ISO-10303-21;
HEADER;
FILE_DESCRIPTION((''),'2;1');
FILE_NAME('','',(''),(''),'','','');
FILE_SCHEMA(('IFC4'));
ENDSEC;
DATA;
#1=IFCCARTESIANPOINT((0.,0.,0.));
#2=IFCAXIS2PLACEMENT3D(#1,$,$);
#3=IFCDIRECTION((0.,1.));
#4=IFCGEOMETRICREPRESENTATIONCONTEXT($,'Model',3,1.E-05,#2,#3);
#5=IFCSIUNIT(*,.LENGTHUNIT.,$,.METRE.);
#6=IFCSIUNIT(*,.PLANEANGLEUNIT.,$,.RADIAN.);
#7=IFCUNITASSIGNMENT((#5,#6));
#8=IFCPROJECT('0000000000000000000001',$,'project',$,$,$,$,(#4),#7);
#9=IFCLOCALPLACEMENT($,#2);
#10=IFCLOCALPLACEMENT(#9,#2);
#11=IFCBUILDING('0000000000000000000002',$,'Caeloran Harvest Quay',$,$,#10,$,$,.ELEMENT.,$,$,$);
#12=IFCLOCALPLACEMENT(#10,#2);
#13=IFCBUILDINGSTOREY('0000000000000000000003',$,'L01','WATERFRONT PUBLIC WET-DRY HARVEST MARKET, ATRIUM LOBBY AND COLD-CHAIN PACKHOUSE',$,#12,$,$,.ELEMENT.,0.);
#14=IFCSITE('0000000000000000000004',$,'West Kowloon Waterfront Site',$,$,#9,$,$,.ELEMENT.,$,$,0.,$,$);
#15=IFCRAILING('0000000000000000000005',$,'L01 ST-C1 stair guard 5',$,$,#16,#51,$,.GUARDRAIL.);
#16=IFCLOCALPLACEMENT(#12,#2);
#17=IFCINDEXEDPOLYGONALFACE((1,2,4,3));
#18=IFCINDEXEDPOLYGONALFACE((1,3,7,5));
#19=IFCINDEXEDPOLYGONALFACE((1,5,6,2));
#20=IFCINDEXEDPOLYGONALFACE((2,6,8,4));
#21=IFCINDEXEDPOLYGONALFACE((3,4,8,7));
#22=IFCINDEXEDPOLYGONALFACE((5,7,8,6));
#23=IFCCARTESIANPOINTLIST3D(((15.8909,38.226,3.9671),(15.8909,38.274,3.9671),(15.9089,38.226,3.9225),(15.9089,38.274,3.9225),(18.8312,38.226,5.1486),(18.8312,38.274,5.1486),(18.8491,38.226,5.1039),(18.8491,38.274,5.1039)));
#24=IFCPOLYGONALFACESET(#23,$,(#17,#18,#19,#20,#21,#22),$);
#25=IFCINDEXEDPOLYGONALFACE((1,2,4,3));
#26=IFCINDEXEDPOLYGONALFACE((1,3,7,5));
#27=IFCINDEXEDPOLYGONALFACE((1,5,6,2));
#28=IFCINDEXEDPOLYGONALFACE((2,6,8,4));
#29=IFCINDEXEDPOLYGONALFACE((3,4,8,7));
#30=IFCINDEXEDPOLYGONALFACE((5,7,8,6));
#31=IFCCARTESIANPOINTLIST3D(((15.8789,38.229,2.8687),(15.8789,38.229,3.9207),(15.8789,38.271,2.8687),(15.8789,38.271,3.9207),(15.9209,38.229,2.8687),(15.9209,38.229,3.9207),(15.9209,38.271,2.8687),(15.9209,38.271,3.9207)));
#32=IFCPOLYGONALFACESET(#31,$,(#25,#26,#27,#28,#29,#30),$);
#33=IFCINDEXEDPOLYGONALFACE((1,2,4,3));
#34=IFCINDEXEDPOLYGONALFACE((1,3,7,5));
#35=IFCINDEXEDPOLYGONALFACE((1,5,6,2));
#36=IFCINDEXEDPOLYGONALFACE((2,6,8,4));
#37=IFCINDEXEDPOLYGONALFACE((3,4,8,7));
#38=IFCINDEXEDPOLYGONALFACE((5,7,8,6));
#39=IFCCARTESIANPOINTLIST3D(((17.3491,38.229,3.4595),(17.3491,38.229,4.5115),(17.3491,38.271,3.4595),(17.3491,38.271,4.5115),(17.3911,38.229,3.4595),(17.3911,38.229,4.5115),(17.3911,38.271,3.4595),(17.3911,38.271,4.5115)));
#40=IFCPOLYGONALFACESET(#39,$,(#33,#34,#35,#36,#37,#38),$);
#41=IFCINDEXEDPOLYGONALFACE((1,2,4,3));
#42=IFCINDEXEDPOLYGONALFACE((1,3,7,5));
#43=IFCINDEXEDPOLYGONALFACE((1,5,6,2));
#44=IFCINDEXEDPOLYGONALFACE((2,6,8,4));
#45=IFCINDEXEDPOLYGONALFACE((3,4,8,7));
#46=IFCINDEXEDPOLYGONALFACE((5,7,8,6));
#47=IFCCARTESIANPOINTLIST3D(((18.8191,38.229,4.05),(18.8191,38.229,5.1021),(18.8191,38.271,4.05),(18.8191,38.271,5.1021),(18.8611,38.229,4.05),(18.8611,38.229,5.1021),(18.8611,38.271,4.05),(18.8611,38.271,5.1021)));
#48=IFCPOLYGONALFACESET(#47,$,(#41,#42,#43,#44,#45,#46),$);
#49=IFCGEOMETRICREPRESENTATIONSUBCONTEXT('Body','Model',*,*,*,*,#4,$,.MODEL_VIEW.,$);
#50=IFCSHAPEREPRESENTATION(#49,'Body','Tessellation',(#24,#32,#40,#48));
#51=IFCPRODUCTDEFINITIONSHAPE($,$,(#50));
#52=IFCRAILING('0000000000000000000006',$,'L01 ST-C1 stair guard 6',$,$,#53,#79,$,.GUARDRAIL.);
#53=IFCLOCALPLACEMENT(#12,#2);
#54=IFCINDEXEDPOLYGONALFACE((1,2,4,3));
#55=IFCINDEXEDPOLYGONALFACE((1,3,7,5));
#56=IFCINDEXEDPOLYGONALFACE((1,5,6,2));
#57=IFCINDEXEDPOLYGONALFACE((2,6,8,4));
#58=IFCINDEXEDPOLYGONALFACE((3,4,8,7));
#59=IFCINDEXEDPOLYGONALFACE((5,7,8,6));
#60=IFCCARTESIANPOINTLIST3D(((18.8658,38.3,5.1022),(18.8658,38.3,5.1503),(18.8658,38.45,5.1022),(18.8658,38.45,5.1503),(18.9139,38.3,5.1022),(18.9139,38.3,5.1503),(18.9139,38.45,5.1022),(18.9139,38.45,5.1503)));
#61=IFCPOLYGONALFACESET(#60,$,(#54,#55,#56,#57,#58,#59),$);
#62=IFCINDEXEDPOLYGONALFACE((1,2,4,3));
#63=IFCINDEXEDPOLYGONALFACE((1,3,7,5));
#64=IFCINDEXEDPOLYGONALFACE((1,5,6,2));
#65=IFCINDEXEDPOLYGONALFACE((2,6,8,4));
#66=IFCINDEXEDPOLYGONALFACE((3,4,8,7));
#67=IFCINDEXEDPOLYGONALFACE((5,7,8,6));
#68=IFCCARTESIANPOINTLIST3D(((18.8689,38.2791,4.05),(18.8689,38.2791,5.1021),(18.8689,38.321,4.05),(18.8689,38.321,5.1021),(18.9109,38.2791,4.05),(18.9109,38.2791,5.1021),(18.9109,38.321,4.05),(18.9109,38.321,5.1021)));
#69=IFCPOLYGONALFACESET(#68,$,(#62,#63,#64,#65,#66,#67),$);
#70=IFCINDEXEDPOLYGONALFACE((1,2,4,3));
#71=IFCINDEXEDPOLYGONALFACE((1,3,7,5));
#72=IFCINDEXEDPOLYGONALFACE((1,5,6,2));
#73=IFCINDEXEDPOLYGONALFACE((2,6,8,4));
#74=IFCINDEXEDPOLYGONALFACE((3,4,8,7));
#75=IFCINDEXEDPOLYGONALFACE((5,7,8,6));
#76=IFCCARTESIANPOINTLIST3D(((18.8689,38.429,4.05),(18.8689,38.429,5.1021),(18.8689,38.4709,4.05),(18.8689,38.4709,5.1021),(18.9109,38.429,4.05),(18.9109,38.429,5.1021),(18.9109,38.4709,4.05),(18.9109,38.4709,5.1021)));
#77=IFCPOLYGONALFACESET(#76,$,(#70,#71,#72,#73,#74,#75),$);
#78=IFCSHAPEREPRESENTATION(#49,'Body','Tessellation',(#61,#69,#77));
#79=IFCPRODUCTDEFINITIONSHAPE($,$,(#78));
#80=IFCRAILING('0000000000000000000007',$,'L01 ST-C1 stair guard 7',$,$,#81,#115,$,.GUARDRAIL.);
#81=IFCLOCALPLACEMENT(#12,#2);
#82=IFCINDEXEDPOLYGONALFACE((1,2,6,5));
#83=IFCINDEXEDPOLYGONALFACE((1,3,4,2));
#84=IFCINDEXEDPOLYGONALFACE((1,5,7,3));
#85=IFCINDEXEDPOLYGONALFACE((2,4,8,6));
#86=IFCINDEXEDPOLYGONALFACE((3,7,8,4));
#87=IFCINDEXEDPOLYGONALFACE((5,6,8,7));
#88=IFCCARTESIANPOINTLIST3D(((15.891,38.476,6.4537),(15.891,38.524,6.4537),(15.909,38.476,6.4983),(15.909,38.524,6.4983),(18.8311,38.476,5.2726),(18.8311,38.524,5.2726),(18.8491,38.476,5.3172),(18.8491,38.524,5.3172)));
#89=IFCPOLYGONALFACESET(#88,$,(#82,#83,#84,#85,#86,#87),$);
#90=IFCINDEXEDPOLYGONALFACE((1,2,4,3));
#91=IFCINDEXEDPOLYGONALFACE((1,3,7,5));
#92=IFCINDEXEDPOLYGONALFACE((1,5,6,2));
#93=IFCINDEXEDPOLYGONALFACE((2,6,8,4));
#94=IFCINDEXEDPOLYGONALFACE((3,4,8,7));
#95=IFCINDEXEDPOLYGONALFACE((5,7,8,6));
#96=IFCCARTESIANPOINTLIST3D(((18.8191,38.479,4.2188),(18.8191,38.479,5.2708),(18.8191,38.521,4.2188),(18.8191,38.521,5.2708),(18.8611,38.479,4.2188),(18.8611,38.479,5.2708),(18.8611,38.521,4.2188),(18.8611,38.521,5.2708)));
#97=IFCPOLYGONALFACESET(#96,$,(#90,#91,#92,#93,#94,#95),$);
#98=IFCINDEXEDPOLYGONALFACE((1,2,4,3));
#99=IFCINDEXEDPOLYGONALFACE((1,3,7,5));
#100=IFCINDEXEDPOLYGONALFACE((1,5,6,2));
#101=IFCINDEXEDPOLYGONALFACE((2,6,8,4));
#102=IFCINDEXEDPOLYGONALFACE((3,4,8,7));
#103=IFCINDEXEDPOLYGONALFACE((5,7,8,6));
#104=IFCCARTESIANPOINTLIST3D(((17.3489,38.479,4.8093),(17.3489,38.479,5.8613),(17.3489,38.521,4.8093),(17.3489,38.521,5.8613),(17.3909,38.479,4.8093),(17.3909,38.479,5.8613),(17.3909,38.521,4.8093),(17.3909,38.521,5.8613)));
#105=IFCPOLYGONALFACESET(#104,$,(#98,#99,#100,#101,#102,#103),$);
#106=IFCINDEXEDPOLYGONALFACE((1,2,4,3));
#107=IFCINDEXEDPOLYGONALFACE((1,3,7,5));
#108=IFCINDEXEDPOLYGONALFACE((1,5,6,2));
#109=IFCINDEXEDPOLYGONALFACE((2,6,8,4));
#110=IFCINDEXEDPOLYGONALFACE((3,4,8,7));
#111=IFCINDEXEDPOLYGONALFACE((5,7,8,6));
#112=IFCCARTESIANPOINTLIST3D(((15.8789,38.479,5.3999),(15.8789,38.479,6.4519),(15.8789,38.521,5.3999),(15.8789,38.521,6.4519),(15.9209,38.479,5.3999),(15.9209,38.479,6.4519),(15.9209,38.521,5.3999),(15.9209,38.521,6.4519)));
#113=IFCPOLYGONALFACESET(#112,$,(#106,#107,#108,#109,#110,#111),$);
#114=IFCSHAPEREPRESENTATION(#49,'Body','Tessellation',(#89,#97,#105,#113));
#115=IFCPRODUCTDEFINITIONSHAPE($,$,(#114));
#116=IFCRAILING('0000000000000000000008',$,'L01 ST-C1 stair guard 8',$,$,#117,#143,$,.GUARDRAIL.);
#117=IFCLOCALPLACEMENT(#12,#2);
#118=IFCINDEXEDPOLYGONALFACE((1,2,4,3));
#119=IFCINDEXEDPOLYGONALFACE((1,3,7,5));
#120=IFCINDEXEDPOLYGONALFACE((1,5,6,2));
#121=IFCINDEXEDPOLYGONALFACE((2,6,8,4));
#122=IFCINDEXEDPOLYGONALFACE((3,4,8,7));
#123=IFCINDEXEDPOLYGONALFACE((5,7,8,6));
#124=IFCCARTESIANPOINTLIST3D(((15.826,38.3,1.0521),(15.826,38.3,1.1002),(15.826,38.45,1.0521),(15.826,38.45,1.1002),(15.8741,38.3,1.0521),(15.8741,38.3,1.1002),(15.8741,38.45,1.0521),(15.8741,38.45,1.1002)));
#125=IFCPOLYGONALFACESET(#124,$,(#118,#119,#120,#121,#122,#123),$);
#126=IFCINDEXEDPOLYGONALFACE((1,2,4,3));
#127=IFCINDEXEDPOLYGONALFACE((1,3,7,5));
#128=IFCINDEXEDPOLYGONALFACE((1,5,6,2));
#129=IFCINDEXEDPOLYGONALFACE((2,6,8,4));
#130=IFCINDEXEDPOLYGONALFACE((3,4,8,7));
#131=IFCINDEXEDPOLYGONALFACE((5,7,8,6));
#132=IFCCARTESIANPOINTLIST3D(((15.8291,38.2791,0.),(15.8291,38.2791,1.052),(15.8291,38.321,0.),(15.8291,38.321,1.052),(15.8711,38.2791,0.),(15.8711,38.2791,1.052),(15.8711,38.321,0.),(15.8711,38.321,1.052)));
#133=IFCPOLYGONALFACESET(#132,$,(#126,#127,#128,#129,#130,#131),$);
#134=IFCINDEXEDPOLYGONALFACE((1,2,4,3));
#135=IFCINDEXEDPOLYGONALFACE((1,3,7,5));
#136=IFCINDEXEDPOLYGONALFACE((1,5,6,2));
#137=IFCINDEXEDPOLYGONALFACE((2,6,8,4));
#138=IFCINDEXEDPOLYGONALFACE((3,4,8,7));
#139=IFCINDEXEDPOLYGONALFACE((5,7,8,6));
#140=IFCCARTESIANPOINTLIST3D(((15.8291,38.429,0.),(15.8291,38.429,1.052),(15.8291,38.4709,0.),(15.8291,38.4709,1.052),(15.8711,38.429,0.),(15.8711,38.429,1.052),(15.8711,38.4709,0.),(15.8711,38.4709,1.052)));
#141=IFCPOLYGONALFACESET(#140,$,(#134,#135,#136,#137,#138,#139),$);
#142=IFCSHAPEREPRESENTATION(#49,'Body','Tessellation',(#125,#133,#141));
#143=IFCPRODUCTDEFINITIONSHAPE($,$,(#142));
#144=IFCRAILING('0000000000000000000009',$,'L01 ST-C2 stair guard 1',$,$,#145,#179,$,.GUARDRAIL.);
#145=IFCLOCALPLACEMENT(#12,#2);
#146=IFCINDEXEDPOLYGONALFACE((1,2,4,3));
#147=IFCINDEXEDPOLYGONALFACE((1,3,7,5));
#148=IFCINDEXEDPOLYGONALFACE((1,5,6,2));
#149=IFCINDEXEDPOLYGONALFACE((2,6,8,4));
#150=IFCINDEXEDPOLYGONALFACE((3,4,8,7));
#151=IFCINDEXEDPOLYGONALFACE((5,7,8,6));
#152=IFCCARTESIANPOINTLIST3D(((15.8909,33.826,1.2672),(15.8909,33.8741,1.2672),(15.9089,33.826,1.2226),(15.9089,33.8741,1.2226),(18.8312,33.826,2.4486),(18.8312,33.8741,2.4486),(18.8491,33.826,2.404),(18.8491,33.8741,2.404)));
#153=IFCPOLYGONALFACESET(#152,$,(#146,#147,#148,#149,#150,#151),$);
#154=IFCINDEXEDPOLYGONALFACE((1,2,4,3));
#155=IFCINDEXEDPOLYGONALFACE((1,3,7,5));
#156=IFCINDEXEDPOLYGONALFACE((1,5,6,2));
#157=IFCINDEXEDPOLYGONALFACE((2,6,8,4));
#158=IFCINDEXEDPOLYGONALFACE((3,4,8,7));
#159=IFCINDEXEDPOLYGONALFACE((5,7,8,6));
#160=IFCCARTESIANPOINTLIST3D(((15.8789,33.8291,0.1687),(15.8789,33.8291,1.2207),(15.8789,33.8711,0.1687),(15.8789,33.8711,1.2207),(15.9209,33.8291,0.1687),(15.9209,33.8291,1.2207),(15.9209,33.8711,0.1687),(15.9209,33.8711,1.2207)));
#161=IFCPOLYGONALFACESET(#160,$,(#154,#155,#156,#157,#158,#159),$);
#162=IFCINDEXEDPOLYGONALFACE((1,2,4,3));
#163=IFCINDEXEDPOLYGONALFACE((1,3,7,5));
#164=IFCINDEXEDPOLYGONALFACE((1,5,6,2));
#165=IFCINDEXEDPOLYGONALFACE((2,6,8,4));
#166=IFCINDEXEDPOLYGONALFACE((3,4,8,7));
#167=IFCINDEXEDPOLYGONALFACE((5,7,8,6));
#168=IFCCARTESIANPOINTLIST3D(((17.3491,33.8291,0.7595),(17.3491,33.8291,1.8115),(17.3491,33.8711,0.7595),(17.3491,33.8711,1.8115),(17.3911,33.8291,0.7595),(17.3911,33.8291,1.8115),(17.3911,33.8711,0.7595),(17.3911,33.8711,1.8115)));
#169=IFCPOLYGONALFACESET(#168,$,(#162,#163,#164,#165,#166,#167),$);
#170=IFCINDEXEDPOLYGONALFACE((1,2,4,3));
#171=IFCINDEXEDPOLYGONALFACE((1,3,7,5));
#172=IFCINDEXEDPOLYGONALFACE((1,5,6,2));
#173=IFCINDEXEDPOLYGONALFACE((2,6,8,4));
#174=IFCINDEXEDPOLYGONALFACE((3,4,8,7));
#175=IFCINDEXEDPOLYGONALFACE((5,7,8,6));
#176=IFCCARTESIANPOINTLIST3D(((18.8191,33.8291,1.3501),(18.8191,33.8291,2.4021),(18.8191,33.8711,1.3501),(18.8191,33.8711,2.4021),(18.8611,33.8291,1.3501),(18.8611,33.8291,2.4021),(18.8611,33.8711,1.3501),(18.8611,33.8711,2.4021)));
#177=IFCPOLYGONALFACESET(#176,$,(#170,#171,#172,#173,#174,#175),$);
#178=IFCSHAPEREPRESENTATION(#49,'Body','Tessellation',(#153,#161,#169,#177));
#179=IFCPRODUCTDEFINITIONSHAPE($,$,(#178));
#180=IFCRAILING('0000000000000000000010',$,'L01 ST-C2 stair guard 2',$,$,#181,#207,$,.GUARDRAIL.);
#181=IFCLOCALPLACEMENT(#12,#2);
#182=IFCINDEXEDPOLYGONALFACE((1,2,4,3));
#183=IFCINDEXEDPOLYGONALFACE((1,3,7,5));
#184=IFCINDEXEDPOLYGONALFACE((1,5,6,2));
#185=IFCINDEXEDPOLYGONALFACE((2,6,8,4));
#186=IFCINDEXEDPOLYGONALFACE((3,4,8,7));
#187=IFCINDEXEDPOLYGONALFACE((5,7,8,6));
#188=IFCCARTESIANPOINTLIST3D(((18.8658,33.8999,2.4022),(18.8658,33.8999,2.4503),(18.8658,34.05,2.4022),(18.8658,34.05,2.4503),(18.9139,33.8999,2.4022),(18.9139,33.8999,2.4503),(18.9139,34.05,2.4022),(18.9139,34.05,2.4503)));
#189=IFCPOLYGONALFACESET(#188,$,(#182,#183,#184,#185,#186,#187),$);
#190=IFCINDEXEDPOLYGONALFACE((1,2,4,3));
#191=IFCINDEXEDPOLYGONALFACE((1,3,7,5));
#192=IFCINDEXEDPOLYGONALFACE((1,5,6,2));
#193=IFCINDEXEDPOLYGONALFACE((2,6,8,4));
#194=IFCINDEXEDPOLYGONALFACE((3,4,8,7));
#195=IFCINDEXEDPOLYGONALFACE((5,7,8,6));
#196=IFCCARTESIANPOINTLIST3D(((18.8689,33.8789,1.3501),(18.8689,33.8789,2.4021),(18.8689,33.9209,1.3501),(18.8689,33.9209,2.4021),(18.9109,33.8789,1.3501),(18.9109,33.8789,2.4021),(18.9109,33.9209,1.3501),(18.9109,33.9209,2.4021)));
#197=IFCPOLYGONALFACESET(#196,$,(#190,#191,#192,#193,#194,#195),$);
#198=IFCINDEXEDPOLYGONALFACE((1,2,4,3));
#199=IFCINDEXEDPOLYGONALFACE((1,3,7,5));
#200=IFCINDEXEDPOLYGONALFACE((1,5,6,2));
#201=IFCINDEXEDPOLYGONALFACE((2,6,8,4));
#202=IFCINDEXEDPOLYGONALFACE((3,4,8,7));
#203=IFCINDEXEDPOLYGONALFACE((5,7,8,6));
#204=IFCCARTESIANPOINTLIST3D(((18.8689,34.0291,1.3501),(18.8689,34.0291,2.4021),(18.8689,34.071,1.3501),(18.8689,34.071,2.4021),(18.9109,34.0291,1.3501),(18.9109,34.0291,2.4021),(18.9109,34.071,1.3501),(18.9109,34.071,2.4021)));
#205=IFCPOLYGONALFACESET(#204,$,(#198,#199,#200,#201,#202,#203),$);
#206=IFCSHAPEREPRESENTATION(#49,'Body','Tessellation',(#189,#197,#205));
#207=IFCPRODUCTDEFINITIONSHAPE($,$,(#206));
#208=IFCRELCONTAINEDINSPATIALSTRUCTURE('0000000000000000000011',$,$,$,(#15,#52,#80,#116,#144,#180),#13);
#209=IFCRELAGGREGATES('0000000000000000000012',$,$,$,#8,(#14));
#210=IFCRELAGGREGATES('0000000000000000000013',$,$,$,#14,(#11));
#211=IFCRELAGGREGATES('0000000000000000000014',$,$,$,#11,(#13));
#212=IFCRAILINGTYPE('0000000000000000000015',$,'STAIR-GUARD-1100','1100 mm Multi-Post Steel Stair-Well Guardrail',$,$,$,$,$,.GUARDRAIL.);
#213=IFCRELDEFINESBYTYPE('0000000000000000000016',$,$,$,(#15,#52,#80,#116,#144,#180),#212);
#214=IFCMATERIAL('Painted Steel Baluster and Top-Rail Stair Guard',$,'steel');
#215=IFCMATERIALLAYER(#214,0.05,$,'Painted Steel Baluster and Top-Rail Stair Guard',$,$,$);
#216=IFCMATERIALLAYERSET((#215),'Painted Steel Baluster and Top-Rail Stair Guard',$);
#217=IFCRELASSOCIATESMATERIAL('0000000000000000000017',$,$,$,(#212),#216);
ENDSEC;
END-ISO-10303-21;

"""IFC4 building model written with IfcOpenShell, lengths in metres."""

from ifc_helpers import new_model, si_unit, direction, frame, origin, origin_2d, place, context, subcontext, project, spatial, rectangle, extrude, material, layer, layer_set, type_object, element, save


model = new_model("IFC4")

# Units and contexts
model_context = context("Model", 3, precision=1e-05, world=origin(), true_north=direction((0.0, 1.0)))
body_context = subcontext(model_context, "Body", "Model", "MODEL_VIEW")
ifc_project = project(units=[si_unit("LENGTHUNIT", "METRE"), si_unit("PLANEANGLEUNIT", "RADIAN")], contexts=[model_context])

# Site, building, storey
site_placement = place(None, origin())
site = spatial("IfcSite", under=ifc_project, at=site_placement, Name="West Kowloon Waterfront Site", CompositionType="ELEMENT", RefElevation=0.0)
building_placement = place(site_placement, origin())
building = spatial("IfcBuilding", under=site, at=building_placement, Name="Caeloran Harvest Quay", CompositionType="ELEMENT")
storey_placement = place(building_placement, origin())
storey = spatial("IfcBuildingStorey", under=building, at=storey_placement, Name="L01", Description="WATERFRONT PUBLIC WET-DRY HARVEST MARKET, ATRIUM LOBBY AND COLD-CHAIN PACKHOUSE", CompositionType="ELEMENT", Elevation=0.0)

# Railings
ifc_material_1 = material(Name="Painted Steel Baluster and Top-Rail Stair Guard", Category="steel")
ifc_layer_1 = layer(ifc_material_1, 0.05, Name="Painted Steel Baluster and Top-Rail Stair Guard")
ifc_layer_set_1 = layer_set([ifc_layer_1], Name="Painted Steel Baluster and Top-Rail Stair Guard")
railing_type_1 = type_object("IfcRailingType", Name="STAIR-GUARD-1100", Description="1100 mm Multi-Post Steel Stair-Well Guardrail", PredefinedType="GUARDRAIL", material=ifc_layer_set_1)
railing_1_placement = place(storey_placement, frame((15.8999, 38.25, 2.8687)))
element("IfcRailing", 1, at=railing_1_placement, inside=storey, type_object=railing_type_1, Name="L01 ST-C1 stair guard 5", PredefinedType="GUARDRAIL", context=body_context, shape_type="SweptSolid", body=[
    extrude(rectangle(XDim=0.0481, YDim=0.0481, at=origin_2d()), frame((0.0, 0.0, 1.0762), z_axis=(0.927896, 0.0, 0.372838), x_axis=(0.0, 1.0, 0.0)), (0.0, 0.0, 1.0), 3.1687),
    extrude(rectangle(XDim=0.042, YDim=0.042, at=origin_2d()), origin(), (0.0, 0.0, 1.0), 1.052),
    extrude(rectangle(XDim=0.042, YDim=0.042, at=origin_2d()), frame((1.4702, 0.0, 0.5908)), (0.0, 0.0, 1.0), 1.052),
    extrude(rectangle(XDim=0.042, YDim=0.042, at=origin_2d()), frame((2.9402, 0.0, 1.1814)), (0.0, 0.0, 1.0), 1.052),
])
railing_2_placement = place(storey_placement, frame((18.8899, 38.3, 4.05)))
element("IfcRailing", 2, at=railing_2_placement, inside=storey, type_object=railing_type_1, Name="L01 ST-C1 stair guard 6", PredefinedType="GUARDRAIL", context=body_context, shape_type="SweptSolid", body=[
    extrude(rectangle(XDim=0.0481, YDim=0.0481, at=origin_2d()), frame((0.0, 0.0, 1.0762), z_axis=(0.0, 1.0, 0.0), x_axis=(-1.0, 0.0, 0.0)), (0.0, 0.0, 1.0), 0.1499),
    extrude(rectangle(XDim=0.042, YDim=0.042, at=origin_2d()), origin(), (0.0, 0.0, 1.0), 1.052),
    extrude(rectangle(XDim=0.042, YDim=0.042, at=origin_2d()), frame((0.0, 0.1499, 0.0)), (0.0, 0.0, 1.0), 1.052),
])
railing_3_placement = place(storey_placement, frame((18.8401, 38.5, 4.2188)))
element("IfcRailing", 3, at=railing_3_placement, inside=storey, type_object=railing_type_1, Name="L01 ST-C1 stair guard 7", PredefinedType="GUARDRAIL", context=body_context, shape_type="SweptSolid", body=[
    extrude(rectangle(XDim=0.0481, YDim=0.0481, at=origin_2d()), frame((0.0, 0.0, 1.0762), z_axis=(-0.927923, 0.0, 0.372772), x_axis=(0.0, -1.0, 0.0)), (0.0, 0.0, 1.0), 3.1685),
    extrude(rectangle(XDim=0.042, YDim=0.042, at=origin_2d()), origin(), (0.0, 0.0, 1.0), 1.052),
    extrude(rectangle(XDim=0.042, YDim=0.042, at=origin_2d()), frame((-1.4702, 0.0, 0.5906)), (0.0, 0.0, 1.0), 1.052),
    extrude(rectangle(XDim=0.042, YDim=0.042, at=origin_2d()), frame((-2.9402, 0.0, 1.1812)), (0.0, 0.0, 1.0), 1.052),
])
railing_4_placement = place(storey_placement, frame((15.8501, 38.3, 0.0)))
element("IfcRailing", 4, at=railing_4_placement, inside=storey, type_object=railing_type_1, Name="L01 ST-C1 stair guard 8", PredefinedType="GUARDRAIL", context=body_context, shape_type="SweptSolid", body=[
    extrude(rectangle(XDim=0.0481, YDim=0.0481, at=origin_2d()), frame((0.0, 0.0, 1.0762), z_axis=(0.0, 1.0, 0.0), x_axis=(-1.0, 0.0, 0.0)), (0.0, 0.0, 1.0), 0.1499),
    extrude(rectangle(XDim=0.042, YDim=0.042, at=origin_2d()), origin(), (0.0, 0.0, 1.0), 1.052),
    extrude(rectangle(XDim=0.042, YDim=0.042, at=origin_2d()), frame((0.0, 0.1499, 0.0)), (0.0, 0.0, 1.0), 1.052),
])
railing_5_placement = place(storey_placement, frame((15.8999, 33.8501, 0.1687)))
element("IfcRailing", 5, at=railing_5_placement, inside=storey, type_object=railing_type_1, Name="L01 ST-C2 stair guard 1", PredefinedType="GUARDRAIL", context=body_context, shape_type="SweptSolid", body=[
    extrude(rectangle(XDim=0.0481, YDim=0.0481, at=origin_2d()), frame((0.0, 0.0, 1.0762), z_axis=(0.927896, 0.0, 0.372838), x_axis=(0.0, 1.0, 0.0)), (0.0, 0.0, 1.0), 3.1687),
    extrude(rectangle(XDim=0.042, YDim=0.042, at=origin_2d()), origin(), (0.0, 0.0, 1.0), 1.052),
    extrude(rectangle(XDim=0.042, YDim=0.042, at=origin_2d()), frame((1.4702, 0.0, 0.5908)), (0.0, 0.0, 1.0), 1.052),
    extrude(rectangle(XDim=0.042, YDim=0.042, at=origin_2d()), frame((2.9402, 0.0, 1.1814)), (0.0, 0.0, 1.0), 1.052),
])
railing_6_placement = place(storey_placement, frame((18.8899, 33.8999, 1.3501)))
element("IfcRailing", 6, at=railing_6_placement, inside=storey, type_object=railing_type_1, Name="L01 ST-C2 stair guard 2", PredefinedType="GUARDRAIL", context=body_context, shape_type="SweptSolid", body=[
    extrude(rectangle(XDim=0.0481, YDim=0.0481, at=origin_2d()), frame((0.0, 0.0, 1.0762), z_axis=(0.0, 1.0, 0.0), x_axis=(-1.0, 0.0, 0.0)), (0.0, 0.0, 1.0), 0.1501),
    extrude(rectangle(XDim=0.042, YDim=0.042, at=origin_2d()), origin(), (0.0, 0.0, 1.0), 1.052),
    extrude(rectangle(XDim=0.042, YDim=0.042, at=origin_2d()), frame((0.0, 0.1501, 0.0)), (0.0, 0.0, 1.0), 1.052),
])

save(model, "model.ifc")
